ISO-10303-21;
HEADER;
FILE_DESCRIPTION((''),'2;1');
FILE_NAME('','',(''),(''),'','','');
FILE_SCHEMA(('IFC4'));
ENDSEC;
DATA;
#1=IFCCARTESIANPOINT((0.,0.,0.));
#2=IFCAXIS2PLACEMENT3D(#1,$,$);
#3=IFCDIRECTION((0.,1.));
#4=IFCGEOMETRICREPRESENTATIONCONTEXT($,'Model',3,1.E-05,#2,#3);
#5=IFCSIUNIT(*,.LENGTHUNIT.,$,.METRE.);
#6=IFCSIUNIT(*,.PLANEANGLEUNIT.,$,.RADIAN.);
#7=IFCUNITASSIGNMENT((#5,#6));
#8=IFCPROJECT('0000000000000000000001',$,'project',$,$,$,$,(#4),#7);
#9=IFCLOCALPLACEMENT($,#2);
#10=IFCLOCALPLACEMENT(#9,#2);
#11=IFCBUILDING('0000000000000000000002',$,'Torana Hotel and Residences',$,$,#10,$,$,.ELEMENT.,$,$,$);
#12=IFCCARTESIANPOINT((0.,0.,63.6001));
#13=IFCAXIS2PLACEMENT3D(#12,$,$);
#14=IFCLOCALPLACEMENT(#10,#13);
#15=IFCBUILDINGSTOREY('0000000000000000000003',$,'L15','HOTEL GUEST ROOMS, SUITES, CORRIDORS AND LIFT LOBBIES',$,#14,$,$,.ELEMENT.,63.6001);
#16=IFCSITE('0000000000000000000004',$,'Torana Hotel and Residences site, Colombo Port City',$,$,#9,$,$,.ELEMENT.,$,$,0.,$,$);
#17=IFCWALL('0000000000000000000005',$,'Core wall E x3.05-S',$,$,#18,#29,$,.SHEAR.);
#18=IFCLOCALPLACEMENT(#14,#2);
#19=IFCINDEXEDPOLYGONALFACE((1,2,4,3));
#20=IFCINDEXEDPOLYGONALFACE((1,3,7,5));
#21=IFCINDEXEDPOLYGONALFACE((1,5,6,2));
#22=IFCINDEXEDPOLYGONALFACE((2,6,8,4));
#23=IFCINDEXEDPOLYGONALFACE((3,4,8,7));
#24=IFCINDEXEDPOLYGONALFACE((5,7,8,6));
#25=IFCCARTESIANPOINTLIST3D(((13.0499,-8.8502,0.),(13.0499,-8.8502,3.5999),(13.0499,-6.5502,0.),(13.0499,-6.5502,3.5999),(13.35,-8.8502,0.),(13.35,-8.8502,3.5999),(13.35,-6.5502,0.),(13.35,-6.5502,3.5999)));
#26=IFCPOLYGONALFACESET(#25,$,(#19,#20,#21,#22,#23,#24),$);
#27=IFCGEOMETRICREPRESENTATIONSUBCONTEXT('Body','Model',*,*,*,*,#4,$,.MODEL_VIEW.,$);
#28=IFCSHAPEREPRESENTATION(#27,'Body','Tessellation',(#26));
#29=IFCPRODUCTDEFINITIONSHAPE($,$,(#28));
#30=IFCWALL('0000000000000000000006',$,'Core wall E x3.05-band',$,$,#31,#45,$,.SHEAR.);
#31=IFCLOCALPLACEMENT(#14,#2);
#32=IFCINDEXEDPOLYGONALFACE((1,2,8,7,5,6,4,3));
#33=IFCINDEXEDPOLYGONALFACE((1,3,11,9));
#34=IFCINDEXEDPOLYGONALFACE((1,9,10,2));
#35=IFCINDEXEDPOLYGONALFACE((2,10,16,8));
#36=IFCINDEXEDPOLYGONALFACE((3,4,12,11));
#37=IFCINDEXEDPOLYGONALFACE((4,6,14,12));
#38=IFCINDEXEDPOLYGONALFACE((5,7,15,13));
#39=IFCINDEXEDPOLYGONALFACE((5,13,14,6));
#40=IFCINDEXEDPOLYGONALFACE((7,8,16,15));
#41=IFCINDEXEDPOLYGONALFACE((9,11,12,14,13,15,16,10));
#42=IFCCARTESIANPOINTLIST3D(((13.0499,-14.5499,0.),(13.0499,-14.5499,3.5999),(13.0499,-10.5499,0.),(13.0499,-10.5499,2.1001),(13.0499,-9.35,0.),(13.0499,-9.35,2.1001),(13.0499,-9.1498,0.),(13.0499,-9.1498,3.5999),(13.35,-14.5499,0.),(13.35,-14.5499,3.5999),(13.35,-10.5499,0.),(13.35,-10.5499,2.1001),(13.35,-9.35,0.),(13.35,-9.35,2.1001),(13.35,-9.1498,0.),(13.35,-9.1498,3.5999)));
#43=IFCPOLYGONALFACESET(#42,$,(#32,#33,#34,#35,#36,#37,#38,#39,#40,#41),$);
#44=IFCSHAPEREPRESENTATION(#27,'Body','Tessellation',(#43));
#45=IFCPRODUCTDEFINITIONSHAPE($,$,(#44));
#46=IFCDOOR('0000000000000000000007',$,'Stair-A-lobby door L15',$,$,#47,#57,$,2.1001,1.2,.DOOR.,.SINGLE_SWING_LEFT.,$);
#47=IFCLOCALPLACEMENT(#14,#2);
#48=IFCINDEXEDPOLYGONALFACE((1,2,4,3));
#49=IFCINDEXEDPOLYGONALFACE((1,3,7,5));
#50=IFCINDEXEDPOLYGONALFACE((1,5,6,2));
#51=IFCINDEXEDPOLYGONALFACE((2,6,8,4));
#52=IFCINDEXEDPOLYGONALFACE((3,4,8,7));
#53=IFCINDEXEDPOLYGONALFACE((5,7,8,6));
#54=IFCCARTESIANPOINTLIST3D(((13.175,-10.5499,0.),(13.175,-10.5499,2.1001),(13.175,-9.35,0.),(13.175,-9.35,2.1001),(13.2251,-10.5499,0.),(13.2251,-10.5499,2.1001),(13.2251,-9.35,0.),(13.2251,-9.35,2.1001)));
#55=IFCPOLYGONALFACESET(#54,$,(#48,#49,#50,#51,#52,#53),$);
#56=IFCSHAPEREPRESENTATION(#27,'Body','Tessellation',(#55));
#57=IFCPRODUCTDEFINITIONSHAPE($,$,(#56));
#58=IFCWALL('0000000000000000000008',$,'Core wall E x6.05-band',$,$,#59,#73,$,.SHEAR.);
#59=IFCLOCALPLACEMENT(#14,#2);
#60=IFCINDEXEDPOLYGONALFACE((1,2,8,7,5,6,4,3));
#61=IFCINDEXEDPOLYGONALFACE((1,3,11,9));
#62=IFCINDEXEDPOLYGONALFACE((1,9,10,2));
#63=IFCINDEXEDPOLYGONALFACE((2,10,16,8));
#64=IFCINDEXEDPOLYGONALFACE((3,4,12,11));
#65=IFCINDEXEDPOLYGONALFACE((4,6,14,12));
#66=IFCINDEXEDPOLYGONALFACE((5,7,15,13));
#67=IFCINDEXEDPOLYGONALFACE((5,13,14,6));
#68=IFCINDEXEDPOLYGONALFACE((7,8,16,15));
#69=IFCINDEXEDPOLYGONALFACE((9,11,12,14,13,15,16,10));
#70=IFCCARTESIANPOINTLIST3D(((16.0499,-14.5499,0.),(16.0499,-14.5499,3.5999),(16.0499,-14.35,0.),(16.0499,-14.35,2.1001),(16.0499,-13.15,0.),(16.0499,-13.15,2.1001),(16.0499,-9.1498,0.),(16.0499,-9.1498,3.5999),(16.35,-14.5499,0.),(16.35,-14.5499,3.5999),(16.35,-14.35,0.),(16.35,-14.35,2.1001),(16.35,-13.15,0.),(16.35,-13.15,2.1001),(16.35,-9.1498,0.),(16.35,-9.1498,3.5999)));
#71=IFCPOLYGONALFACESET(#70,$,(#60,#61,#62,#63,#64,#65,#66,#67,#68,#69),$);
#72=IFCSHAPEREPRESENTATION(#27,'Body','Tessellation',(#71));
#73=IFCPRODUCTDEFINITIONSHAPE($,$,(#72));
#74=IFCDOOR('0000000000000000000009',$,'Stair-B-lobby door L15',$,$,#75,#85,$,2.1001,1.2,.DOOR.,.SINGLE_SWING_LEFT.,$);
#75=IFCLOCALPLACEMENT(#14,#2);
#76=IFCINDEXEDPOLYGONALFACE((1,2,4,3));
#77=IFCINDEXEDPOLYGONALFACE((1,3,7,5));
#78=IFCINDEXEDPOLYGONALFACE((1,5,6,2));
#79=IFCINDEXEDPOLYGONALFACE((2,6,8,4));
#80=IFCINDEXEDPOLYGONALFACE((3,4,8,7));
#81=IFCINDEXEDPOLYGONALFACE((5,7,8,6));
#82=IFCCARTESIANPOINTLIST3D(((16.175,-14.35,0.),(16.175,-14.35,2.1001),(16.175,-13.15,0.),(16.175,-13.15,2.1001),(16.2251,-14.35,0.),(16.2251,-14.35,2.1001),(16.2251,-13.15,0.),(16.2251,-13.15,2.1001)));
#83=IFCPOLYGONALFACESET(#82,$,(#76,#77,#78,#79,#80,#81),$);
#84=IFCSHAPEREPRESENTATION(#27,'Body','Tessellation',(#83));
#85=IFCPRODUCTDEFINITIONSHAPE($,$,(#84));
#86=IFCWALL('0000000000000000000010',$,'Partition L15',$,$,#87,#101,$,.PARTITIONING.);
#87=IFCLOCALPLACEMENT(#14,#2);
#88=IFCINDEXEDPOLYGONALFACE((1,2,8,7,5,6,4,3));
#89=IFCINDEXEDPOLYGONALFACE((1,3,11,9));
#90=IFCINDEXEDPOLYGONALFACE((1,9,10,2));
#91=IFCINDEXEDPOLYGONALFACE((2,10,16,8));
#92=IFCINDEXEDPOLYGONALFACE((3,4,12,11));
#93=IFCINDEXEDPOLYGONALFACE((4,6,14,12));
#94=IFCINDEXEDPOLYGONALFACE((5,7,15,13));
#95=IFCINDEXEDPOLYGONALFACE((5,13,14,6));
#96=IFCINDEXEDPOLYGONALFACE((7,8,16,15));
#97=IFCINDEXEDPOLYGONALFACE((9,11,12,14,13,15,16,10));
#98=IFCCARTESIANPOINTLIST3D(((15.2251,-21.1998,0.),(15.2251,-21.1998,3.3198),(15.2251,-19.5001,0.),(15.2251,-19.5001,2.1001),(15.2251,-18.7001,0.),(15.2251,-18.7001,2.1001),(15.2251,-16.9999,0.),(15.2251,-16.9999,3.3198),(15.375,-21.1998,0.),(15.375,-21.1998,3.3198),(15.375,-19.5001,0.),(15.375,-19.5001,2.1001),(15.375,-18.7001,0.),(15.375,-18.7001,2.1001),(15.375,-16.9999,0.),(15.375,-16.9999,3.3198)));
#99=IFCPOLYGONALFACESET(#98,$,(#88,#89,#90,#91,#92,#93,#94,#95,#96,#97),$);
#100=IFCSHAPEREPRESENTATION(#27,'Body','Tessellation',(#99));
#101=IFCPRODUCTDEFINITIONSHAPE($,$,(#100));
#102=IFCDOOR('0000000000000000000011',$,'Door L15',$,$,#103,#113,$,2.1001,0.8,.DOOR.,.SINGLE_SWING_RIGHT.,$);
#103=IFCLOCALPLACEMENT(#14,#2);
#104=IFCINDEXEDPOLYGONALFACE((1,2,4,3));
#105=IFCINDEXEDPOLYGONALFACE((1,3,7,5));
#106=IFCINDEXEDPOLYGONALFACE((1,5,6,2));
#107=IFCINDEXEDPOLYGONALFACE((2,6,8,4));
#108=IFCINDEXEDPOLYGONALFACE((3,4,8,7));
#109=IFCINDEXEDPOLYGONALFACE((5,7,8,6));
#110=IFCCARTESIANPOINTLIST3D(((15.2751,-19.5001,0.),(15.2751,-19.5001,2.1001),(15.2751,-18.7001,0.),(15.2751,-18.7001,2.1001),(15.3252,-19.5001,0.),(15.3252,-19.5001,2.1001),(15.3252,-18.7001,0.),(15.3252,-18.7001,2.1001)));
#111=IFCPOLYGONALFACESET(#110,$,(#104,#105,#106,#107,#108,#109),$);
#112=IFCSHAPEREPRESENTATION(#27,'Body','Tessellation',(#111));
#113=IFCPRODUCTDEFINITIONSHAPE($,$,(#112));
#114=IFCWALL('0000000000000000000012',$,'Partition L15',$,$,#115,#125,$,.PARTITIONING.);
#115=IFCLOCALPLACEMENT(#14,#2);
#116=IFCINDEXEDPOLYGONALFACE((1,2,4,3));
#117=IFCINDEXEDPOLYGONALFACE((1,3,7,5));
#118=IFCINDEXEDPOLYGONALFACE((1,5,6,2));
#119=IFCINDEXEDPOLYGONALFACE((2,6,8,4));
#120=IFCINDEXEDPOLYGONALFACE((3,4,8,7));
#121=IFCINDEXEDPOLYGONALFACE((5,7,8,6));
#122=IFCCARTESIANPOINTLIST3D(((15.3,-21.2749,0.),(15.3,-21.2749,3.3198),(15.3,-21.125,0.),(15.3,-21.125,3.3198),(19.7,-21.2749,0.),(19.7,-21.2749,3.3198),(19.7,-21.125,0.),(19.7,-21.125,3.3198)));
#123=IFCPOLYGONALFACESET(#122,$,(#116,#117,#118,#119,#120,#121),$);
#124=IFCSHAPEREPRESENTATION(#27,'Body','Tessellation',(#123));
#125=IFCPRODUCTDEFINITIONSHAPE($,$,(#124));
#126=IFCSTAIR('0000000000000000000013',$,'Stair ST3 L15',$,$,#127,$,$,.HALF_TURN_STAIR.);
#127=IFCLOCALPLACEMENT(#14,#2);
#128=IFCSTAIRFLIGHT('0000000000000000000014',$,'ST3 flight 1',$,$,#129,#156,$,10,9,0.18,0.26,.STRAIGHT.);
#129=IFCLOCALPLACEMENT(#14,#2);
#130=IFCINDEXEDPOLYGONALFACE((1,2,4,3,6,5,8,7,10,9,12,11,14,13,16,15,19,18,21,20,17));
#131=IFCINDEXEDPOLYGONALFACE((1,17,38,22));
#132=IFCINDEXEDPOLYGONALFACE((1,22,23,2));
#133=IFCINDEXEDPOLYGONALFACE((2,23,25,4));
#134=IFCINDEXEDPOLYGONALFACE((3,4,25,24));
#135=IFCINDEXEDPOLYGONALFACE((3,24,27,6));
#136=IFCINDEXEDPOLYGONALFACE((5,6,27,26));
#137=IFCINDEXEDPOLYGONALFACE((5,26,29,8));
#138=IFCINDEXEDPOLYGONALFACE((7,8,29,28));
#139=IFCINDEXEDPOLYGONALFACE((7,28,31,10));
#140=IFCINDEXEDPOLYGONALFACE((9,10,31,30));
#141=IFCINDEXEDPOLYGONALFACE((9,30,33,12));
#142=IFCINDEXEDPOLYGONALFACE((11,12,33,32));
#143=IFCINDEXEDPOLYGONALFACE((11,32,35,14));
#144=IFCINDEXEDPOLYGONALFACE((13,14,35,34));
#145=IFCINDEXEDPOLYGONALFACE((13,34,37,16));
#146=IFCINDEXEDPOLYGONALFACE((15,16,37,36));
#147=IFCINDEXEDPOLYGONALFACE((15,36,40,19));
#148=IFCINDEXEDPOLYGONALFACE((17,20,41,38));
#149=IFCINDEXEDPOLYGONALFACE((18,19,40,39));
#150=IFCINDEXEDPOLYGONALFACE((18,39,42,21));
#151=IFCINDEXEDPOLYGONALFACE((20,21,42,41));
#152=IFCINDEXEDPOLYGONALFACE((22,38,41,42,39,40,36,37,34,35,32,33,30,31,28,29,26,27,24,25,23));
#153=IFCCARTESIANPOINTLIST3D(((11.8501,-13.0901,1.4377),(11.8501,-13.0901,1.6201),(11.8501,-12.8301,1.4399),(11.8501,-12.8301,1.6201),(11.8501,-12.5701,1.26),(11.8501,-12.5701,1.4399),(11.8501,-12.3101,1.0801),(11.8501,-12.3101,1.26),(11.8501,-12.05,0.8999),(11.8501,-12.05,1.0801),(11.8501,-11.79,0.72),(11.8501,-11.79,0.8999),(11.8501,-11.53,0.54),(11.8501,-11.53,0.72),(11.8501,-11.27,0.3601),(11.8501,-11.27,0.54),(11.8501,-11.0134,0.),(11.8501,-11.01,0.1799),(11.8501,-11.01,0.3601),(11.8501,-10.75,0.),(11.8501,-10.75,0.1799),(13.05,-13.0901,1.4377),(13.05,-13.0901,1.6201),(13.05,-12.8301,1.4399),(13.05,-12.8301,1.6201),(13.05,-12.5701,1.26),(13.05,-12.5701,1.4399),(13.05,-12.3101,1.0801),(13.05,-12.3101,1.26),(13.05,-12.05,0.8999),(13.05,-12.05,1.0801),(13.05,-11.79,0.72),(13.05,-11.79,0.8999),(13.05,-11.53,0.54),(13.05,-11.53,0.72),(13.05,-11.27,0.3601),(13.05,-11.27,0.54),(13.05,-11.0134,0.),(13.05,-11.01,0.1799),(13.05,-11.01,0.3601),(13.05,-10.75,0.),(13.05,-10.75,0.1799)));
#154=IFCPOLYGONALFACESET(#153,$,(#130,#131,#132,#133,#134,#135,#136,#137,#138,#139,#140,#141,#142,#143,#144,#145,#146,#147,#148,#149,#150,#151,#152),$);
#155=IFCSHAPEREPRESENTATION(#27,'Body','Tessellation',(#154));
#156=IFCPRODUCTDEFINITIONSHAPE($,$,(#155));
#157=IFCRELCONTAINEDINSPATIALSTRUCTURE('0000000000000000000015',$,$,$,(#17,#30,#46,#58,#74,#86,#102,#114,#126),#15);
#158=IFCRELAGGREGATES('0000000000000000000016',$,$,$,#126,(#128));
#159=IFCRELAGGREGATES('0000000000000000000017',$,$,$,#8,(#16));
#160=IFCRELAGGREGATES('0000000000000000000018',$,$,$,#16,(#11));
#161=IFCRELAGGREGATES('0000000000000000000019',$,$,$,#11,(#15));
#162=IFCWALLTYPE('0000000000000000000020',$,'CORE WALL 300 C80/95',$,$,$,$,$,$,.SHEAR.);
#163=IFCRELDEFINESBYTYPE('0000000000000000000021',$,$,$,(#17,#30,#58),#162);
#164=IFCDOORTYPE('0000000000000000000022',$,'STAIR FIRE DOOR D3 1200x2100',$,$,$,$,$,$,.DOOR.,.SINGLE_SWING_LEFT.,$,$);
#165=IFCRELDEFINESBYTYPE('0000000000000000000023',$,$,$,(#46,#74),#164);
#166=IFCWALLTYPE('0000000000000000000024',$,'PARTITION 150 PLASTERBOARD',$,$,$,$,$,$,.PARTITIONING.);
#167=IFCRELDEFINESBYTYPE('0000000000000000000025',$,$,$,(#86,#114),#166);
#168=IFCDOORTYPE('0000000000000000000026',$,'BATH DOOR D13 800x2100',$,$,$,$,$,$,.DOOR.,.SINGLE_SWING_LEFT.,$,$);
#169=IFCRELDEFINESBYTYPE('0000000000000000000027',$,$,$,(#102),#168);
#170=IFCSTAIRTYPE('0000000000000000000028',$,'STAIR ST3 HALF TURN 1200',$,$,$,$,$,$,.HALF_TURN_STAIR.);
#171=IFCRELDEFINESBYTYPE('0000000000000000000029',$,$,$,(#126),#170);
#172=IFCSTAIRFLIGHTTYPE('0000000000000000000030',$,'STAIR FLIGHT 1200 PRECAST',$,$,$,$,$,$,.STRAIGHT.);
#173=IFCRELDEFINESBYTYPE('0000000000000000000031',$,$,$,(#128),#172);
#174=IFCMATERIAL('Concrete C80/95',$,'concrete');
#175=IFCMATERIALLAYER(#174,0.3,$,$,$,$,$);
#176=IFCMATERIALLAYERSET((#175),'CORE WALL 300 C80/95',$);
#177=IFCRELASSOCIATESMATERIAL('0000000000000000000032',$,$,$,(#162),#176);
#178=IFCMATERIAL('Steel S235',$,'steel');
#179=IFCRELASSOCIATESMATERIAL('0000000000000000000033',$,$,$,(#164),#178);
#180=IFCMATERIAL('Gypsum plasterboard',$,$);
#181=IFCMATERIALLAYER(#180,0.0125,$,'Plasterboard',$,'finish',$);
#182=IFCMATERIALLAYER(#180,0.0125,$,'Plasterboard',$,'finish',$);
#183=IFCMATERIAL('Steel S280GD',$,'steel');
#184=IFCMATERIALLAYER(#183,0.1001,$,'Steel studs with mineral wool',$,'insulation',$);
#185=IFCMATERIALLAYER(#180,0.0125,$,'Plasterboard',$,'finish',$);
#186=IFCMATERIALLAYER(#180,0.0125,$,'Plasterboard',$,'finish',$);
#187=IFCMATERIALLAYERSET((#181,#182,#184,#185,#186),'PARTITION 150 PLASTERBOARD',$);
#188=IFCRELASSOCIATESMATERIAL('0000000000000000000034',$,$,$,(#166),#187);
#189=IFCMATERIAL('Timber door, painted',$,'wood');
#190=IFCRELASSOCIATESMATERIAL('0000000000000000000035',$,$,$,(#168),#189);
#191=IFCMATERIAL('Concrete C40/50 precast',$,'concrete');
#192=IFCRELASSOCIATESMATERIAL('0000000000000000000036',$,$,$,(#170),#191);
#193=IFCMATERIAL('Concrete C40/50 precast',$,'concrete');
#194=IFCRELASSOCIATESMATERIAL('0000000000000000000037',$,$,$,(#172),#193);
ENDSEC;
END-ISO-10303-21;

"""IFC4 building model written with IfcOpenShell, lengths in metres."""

from ifc_helpers import new_model, si_unit, direction, frame, frame_2d, origin, place, context, subcontext, project, spatial, polyline, rectangle, outline, extrude, material, layer, layer_set, type_object, element, fill, aggregate, save


model = new_model("IFC4")

# Units and contexts
model_context = context("Model", 3, precision=1e-05, world=origin(), true_north=direction((0.0, 1.0)))
body_context = subcontext(model_context, "Body", "Model", "MODEL_VIEW")
ifc_project = project(units=[si_unit("LENGTHUNIT", "METRE"), si_unit("PLANEANGLEUNIT", "RADIAN")], contexts=[model_context])

# Site, building, storey
site_placement = place(None, origin())
site = spatial("IfcSite", under=ifc_project, at=site_placement, Name="Torana Hotel and Residences site, Colombo Port City", CompositionType="ELEMENT", RefElevation=0.0)
building_placement = place(site_placement, origin())
building = spatial("IfcBuilding", under=site, at=building_placement, Name="Torana Hotel and Residences", CompositionType="ELEMENT")
storey_placement = place(building_placement, frame((0.0, 0.0, 63.6001)))
storey = spatial("IfcBuildingStorey", under=building, at=storey_placement, Name="L15", Description="HOTEL GUEST ROOMS, SUITES, CORRIDORS AND LIFT LOBBIES", CompositionType="ELEMENT", Elevation=63.6001)

# Wall
ifc_material_1 = material(Name="Concrete C80/95", Category="concrete")
ifc_layer_1 = layer(ifc_material_1, 0.3)
ifc_layer_set_1 = layer_set([ifc_layer_1], Name="CORE WALL 300 C80/95")
wall_type_1 = type_object("IfcWallType", Name="CORE WALL 300 C80/95", PredefinedType="SHEAR", material=ifc_layer_set_1)
wall_1_placement = place(storey_placement, frame((13.2, -8.8501, 0.0), z_axis=(0.0, 0.0, 1.0), x_axis=(0.0, 1.0, 0.0)))
element("IfcWall", 1, at=wall_1_placement, inside=storey, type_object=wall_type_1, Name="Core wall E x3.05-S", PredefinedType="SHEAR", context=body_context, shape_type="SweptSolid", body=[
    extrude(rectangle(XDim=2.3, YDim=0.3, at=frame_2d((1.1499, 0.0))), origin(), (0.0, 0.0, 1.0), 3.5999),
])

# Walls, openings, doors
wall_2_placement = place(storey_placement, frame((13.2, -14.55, 0.0), z_axis=(0.0, 0.0, 1.0), x_axis=(0.0, 1.0, 0.0)))
wall_2 = element("IfcWall", 2, at=wall_2_placement, inside=storey, type_object=wall_type_1, Name="Core wall E x3.05-band", PredefinedType="SHEAR", context=body_context, shape_type="SweptSolid", body=[
    extrude(rectangle(XDim=5.4001, YDim=0.3, at=frame_2d((2.7002, 0.0))), origin(), (0.0, 0.0, 1.0), 3.5999),
])
opening_1_placement = place(wall_2_placement, frame((4.0, 0.0, 0.0)))
opening_1 = element("IfcOpeningElement", 3, at=opening_1_placement, cuts=wall_2, PredefinedType="OPENING", context=body_context, shape_type="SweptSolid", body=[
    extrude(rectangle(XDim=1.2, YDim=2.1001, at=frame_2d((0.6001, 1.05))), frame((0.0, 0.1599, 0.0), z_axis=(0.0, -1.0, 0.0), x_axis=(1.0, 0.0, 0.0)), (0.0, 0.0, 1.0), 0.3201),
])
ifc_material_2 = material(Name="Steel S235", Category="steel")
door_type_1 = type_object("IfcDoorType", Name="STAIR FIRE DOOR D3 1200x2100", OperationType="SINGLE_SWING_LEFT", PredefinedType="DOOR", material=ifc_material_2)
door_1_placement = place(opening_1_placement, origin())
door_1 = element("IfcDoor", 4, at=door_1_placement, inside=storey, type_object=door_type_1, Name="Stair-A-lobby door L15", OperationType="SINGLE_SWING_LEFT", OverallHeight=2.1001, OverallWidth=1.2, PredefinedType="DOOR", context=body_context, shape_type="SweptSolid", body=[
    extrude(rectangle(XDim=1.2, YDim=2.1001, at=frame_2d((0.6001, 1.05))), frame((0.0, 0.0249, 0.0), z_axis=(0.0, -1.0, 0.0), x_axis=(1.0, 0.0, 0.0)), (0.0, 0.0, 1.0), 0.05),
])
fill(opening_1, door_1)
wall_3_placement = place(storey_placement, frame((16.2, -14.55, 0.0), z_axis=(0.0, 0.0, 1.0), x_axis=(0.0, 1.0, 0.0)))
wall_3 = element("IfcWall", 5, at=wall_3_placement, inside=storey, type_object=wall_type_1, Name="Core wall E x6.05-band", PredefinedType="SHEAR", context=body_context, shape_type="SweptSolid", body=[
    extrude(rectangle(XDim=5.4001, YDim=0.3, at=frame_2d((2.7002, 0.0))), origin(), (0.0, 0.0, 1.0), 3.5999),
])
opening_2_placement = place(wall_3_placement, frame((0.2, 0.0, 0.0)))
opening_2 = element("IfcOpeningElement", 6, at=opening_2_placement, cuts=wall_3, PredefinedType="OPENING", context=body_context, shape_type="SweptSolid", body=[
    extrude(rectangle(XDim=1.2, YDim=2.1001, at=frame_2d((0.6001, 1.05))), frame((0.0, 0.1599, 0.0), z_axis=(0.0, -1.0, 0.0), x_axis=(1.0, 0.0, 0.0)), (0.0, 0.0, 1.0), 0.3201),
])
door_2_placement = place(opening_2_placement, frame((0.6001, 0.0, 0.0), z_axis=(0.0, 0.0, 1.0), x_axis=(-1.0, 0.0, 0.0)))
door_2 = element("IfcDoor", 7, at=door_2_placement, inside=storey, type_object=door_type_1, Name="Stair-B-lobby door L15", OperationType="SINGLE_SWING_LEFT", OverallHeight=2.1001, OverallWidth=1.2, PredefinedType="DOOR", context=body_context, shape_type="SweptSolid", body=[
    extrude(rectangle(XDim=1.2, YDim=2.1001, at=frame_2d((0.0, 1.05))), frame((0.0, -0.0249, 0.0), z_axis=(0.0, 1.0, 0.0), x_axis=(-1.0, 0.0, 0.0)), (0.0, 0.0, 1.0), 0.05),
])
fill(opening_2, door_2)
ifc_material_3 = material(Name="Gypsum plasterboard")
ifc_layer_2 = layer(ifc_material_3, 0.0125, Name="Plasterboard", Category="finish")
ifc_layer_3 = layer(ifc_material_3, 0.0125, Name="Plasterboard", Category="finish")
ifc_material_4 = material(Name="Steel S280GD", Category="steel")
ifc_layer_4 = layer(ifc_material_4, 0.1001, Name="Steel studs with mineral wool", Category="insulation")
ifc_layer_5 = layer(ifc_material_3, 0.0125, Name="Plasterboard", Category="finish")
ifc_layer_6 = layer(ifc_material_3, 0.0125, Name="Plasterboard", Category="finish")
ifc_layer_set_2 = layer_set([ifc_layer_2, ifc_layer_3, ifc_layer_4, ifc_layer_5, ifc_layer_6], Name="PARTITION 150 PLASTERBOARD")
wall_type_2 = type_object("IfcWallType", Name="PARTITION 150 PLASTERBOARD", PredefinedType="PARTITIONING", material=ifc_layer_set_2)
wall_4_placement = place(storey_placement, frame((15.3, -21.2, 0.0), z_axis=(0.0, 0.0, 1.0), x_axis=(0.0, 1.0, 0.0)))
wall_4 = element("IfcWall", 8, at=wall_4_placement, inside=storey, type_object=wall_type_2, Name="Partition L15", PredefinedType="PARTITIONING", context=body_context, shape_type="SweptSolid", body=[
    extrude(rectangle(XDim=4.2, YDim=0.1499, at=frame_2d((2.1001, 0.0))), origin(), (0.0, 0.0, 1.0), 3.3198),
])
opening_3_placement = place(wall_4_placement, frame((1.7, 0.0, 0.0)))
opening_3 = element("IfcOpeningElement", 9, at=opening_3_placement, cuts=wall_4, PredefinedType="OPENING", context=body_context, shape_type="SweptSolid", body=[
    extrude(rectangle(XDim=0.8, YDim=2.1001, at=frame_2d((0.3999, 1.05))), frame((0.0, 0.085, 0.0), z_axis=(0.0, -1.0, 0.0), x_axis=(1.0, 0.0, 0.0)), (0.0, 0.0, 1.0), 0.1699),
])
ifc_material_5 = material(Name="Timber door, painted", Category="wood")
door_type_2 = type_object("IfcDoorType", Name="BATH DOOR D13 800x2100", OperationType="SINGLE_SWING_LEFT", PredefinedType="DOOR", material=ifc_material_5)
door_3_placement = place(opening_3_placement, origin())
door_3 = element("IfcDoor", 10, at=door_3_placement, inside=storey, type_object=door_type_2, Name="Door L15", OperationType="SINGLE_SWING_RIGHT", OverallHeight=2.1001, OverallWidth=0.8, PredefinedType="DOOR", context=body_context, shape_type="SweptSolid", body=[
    extrude(rectangle(XDim=0.8, YDim=2.1001, at=frame_2d((0.3999, 1.05))), frame((0.0, 0.0249, 0.0), z_axis=(0.0, -1.0, 0.0), x_axis=(1.0, 0.0, 0.0)), (0.0, 0.0, 1.0), 0.05),
])
fill(opening_3, door_3)

# Wall
wall_5_placement = place(storey_placement, frame((15.3, -21.2, 0.0), z_axis=(0.0, 0.0, 1.0), x_axis=(1.0, 0.0, 0.0)))
element("IfcWall", 11, at=wall_5_placement, inside=storey, type_object=wall_type_2, Name="Partition L15", PredefinedType="PARTITIONING", context=body_context, shape_type="SweptSolid", body=[
    extrude(rectangle(XDim=4.3999, YDim=0.1499, at=frame_2d((2.2, 0.0))), origin(), (0.0, 0.0, 1.0), 3.3198),
])

# Stair, stair flight
ifc_material_6 = material(Name="Concrete C40/50 precast", Category="concrete")
stair_type = type_object("IfcStairType", Name="STAIR ST3 HALF TURN 1200", PredefinedType="HALF_TURN_STAIR", material=ifc_material_6)
stair_placement = place(storey_placement, origin())
stair = element("IfcStair", 12, at=stair_placement, inside=storey, type_object=stair_type, Name="Stair ST3 L15", PredefinedType="HALF_TURN_STAIR")
ifc_material_7 = material(Name="Concrete C40/50 precast", Category="concrete")
stair_flight_type = type_object("IfcStairFlightType", Name="STAIR FLIGHT 1200 PRECAST", PredefinedType="STRAIGHT", material=ifc_material_7)
stair_flight_1_placement = place(storey_placement, frame((12.45, -10.75, 0.0), z_axis=(0.0, 0.0, 1.0), x_axis=(0.0, -1.0, 0.0)))
stair_flight_1 = element("IfcStairFlight", 13, at=stair_flight_1_placement, type_object=stair_flight_type, Name="ST3 flight 1", NumberOfRisers=10, NumberOfTreads=9, PredefinedType="STRAIGHT", RiserHeight=0.18, TreadLength=0.26, context=body_context, shape_type="SweptSolid", body=[
    extrude(outline(polyline([(0.0, 0.0), (0.0, 0.1799), (0.26, 0.1799), (0.26, 0.3601), (0.52, 0.3601), (0.52, 0.54), (0.78, 0.54), (0.78, 0.72), (1.04, 0.72), (1.04, 0.8999), (1.3, 0.8999), (1.3, 1.0801), (1.5601, 1.0801), (1.5601, 1.26), (1.8201, 1.26), (1.8201, 1.4399), (2.0801, 1.4399), (2.0801, 1.6201), (2.3401, 1.6201), (2.3401, 1.8), (2.3401, 1.4377), (0.2634, 0.0), (0.0, 0.0)])), frame((0.0, 0.6001, 0.0), z_axis=(0.0, -1.0, 0.0), x_axis=(1.0, 0.0, 0.0)), (0.0, 0.0, 1.0), 1.2),
])
aggregate(stair, [stair_flight_1])

save(model, "model.ifc")
